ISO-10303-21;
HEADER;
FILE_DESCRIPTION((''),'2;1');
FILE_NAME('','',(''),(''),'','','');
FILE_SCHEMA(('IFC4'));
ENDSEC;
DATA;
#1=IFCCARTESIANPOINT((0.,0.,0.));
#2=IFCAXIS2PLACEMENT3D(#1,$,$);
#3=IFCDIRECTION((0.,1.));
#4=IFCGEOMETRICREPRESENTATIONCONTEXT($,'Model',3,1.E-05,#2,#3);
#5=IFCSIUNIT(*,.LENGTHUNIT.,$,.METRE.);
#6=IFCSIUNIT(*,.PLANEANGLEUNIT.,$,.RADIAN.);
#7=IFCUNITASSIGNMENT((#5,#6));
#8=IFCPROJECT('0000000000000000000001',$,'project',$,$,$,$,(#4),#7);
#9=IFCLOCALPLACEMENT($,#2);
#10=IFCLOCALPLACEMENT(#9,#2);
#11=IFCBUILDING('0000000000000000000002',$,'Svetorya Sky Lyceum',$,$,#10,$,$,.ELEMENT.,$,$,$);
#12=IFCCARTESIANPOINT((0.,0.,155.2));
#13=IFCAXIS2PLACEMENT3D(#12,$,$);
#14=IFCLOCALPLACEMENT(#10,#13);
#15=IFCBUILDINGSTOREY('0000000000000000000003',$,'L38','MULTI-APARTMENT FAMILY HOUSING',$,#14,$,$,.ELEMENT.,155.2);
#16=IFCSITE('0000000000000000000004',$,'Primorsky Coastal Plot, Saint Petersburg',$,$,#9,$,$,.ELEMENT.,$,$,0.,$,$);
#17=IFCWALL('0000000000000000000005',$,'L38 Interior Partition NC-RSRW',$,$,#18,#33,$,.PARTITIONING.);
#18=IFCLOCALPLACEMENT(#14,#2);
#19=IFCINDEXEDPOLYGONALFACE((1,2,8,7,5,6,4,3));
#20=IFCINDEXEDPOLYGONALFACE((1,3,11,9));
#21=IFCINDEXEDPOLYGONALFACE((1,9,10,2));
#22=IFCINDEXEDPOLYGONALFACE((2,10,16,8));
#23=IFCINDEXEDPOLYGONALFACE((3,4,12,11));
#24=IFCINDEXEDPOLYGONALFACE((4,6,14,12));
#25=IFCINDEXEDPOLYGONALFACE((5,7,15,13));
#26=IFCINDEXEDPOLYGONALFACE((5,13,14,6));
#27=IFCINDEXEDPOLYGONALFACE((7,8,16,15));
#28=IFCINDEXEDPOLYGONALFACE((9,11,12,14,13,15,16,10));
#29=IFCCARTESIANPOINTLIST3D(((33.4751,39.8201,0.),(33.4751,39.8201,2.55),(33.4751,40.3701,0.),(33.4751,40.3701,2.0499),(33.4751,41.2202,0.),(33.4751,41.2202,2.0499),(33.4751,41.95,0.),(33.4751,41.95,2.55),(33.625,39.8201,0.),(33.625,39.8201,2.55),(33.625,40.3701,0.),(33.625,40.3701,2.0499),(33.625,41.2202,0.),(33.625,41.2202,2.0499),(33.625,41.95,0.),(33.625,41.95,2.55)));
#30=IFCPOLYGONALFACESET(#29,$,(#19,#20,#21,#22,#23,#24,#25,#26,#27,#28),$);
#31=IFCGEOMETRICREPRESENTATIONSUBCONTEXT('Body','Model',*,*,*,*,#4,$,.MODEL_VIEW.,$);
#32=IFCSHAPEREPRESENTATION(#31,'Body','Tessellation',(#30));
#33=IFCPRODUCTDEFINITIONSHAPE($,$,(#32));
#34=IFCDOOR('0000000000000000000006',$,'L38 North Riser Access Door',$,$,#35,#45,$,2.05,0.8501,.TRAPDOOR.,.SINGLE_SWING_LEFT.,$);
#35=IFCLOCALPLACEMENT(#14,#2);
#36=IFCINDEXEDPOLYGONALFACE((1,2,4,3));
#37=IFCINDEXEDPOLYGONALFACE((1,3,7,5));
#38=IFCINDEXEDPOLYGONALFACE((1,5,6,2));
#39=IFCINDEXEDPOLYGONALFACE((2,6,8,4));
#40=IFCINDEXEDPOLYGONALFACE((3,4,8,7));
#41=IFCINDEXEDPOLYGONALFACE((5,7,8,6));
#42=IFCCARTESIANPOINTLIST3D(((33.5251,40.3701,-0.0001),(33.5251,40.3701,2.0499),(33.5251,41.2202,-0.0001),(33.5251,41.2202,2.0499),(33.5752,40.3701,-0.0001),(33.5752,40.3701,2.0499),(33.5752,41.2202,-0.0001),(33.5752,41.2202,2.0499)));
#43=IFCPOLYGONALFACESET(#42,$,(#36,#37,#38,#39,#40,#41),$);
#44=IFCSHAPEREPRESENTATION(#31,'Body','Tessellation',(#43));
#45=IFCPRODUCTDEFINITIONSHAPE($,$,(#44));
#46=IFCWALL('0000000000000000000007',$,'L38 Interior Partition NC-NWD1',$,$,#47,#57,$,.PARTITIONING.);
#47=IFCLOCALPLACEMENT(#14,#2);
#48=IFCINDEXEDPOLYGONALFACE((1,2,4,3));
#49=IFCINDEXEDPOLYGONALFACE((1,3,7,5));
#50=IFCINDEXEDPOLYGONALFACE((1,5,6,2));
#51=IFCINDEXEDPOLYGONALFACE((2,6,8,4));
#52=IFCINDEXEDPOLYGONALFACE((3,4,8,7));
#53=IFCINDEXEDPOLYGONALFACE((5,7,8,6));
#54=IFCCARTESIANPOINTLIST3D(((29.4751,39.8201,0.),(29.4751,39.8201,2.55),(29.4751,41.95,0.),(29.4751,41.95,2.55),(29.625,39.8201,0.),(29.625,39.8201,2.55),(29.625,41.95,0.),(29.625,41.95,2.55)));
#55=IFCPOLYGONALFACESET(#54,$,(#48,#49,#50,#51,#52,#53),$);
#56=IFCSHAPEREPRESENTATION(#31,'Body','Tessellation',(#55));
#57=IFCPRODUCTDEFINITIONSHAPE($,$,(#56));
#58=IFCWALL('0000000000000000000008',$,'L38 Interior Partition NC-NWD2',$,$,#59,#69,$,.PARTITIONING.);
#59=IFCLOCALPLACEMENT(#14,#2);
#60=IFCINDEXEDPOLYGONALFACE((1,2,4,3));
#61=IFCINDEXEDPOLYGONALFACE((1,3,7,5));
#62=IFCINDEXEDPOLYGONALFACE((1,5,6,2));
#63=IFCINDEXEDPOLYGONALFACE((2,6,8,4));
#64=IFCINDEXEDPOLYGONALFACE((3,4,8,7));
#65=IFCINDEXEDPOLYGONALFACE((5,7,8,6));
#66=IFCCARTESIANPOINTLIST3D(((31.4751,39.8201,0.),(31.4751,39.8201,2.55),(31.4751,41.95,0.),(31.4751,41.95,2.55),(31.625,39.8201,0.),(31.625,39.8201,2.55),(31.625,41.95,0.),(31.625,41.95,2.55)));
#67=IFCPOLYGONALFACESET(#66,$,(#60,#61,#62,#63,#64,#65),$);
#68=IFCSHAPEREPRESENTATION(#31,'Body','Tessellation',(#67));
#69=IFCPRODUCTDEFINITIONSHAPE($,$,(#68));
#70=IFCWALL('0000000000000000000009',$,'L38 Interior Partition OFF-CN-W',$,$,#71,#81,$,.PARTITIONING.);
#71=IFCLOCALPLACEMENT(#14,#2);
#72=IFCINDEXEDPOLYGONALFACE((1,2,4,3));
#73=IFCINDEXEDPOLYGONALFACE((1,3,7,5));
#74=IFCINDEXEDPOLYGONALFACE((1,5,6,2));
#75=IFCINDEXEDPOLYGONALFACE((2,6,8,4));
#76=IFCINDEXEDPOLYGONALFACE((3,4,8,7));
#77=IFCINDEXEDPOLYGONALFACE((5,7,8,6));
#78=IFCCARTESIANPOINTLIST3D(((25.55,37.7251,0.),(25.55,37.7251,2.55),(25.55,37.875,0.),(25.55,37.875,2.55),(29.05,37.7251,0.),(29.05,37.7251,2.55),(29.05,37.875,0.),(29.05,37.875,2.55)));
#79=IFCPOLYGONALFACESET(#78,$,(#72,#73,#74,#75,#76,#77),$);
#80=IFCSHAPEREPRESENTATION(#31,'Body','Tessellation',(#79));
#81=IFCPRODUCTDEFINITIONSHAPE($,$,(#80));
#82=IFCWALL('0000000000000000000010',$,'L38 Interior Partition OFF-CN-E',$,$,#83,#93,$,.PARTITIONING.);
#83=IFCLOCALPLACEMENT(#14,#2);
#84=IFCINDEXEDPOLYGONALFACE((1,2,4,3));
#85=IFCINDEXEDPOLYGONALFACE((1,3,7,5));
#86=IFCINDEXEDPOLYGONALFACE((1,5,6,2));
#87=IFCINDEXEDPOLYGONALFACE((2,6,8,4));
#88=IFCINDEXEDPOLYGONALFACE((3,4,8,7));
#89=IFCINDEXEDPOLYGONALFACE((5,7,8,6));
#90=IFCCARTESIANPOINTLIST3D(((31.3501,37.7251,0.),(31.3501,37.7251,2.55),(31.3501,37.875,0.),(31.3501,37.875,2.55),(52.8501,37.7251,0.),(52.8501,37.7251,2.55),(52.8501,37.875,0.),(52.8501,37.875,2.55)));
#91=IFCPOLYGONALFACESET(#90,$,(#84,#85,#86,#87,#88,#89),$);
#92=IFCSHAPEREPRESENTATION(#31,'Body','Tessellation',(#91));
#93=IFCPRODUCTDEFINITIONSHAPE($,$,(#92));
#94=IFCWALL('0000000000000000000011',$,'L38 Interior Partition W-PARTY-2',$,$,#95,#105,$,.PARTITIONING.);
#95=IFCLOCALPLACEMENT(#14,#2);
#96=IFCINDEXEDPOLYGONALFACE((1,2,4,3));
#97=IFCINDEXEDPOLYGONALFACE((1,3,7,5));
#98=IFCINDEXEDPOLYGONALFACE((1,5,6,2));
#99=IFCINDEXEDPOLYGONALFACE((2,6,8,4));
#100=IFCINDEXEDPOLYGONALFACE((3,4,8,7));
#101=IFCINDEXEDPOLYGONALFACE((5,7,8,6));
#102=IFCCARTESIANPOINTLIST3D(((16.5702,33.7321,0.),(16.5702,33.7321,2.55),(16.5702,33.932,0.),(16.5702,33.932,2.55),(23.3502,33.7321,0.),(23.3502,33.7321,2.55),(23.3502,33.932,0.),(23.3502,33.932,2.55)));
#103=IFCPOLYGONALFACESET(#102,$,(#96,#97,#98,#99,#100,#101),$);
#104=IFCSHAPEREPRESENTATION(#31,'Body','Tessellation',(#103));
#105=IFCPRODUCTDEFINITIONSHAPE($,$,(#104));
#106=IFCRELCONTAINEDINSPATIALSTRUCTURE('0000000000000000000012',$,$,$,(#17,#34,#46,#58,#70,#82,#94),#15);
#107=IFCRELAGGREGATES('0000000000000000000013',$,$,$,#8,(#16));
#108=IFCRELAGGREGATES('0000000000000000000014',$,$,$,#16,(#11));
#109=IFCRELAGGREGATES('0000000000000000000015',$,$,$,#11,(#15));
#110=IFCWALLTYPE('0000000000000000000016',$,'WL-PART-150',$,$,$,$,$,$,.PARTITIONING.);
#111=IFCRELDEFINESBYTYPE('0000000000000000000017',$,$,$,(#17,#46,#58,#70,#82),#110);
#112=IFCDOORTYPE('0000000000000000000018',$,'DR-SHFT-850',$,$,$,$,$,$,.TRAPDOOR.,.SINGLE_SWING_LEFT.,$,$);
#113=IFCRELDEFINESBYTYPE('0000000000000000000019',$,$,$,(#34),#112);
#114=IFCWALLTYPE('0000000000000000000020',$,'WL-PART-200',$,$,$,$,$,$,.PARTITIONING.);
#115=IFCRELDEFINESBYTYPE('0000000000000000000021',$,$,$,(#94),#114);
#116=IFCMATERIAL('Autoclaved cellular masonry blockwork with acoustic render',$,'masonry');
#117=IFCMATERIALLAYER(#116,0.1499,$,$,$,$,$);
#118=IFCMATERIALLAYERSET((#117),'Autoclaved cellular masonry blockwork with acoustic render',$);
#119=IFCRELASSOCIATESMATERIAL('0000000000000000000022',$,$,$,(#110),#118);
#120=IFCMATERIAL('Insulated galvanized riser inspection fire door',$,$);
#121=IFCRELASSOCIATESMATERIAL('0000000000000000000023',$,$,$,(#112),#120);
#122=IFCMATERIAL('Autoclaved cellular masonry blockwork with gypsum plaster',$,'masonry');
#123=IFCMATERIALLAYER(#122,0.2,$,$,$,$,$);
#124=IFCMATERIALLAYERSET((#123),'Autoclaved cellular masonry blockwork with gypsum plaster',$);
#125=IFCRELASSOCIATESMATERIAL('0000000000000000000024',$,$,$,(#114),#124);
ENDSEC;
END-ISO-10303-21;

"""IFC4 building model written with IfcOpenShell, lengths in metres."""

from ifc_helpers import new_model, si_unit, direction, frame, frame_2d, origin, place, context, subcontext, project, spatial, rectangle, extrude, material, layer, layer_set, type_object, element, fill, save


model = new_model("IFC4")

# Units and contexts
model_context = context("Model", 3, precision=1e-05, world=origin(), true_north=direction((0.0, 1.0)))
body_context = subcontext(model_context, "Body", "Model", "MODEL_VIEW")
ifc_project = project(units=[si_unit("LENGTHUNIT", "METRE"), si_unit("PLANEANGLEUNIT", "RADIAN")], contexts=[model_context])

# Site, building, storey
site_placement = place(None, origin())
site = spatial("IfcSite", under=ifc_project, at=site_placement, Name="Primorsky Coastal Plot, Saint Petersburg", CompositionType="ELEMENT", RefElevation=0.0)
building_placement = place(site_placement, origin())
building = spatial("IfcBuilding", under=site, at=building_placement, Name="Svetorya Sky Lyceum", CompositionType="ELEMENT")
storey_placement = place(building_placement, frame((0.0, 0.0, 155.2)))
storey = spatial("IfcBuildingStorey", under=building, at=storey_placement, Name="L38", Description="MULTI-APARTMENT FAMILY HOUSING", CompositionType="ELEMENT", Elevation=155.2)

# Wall, opening, door
ifc_material_1 = material(Name="Autoclaved cellular masonry blockwork with acoustic render", Category="masonry")
ifc_layer_1 = layer(ifc_material_1, 0.1499)
ifc_layer_set_1 = layer_set([ifc_layer_1], Name="Autoclaved cellular masonry blockwork with acoustic render")
wall_type_1 = type_object("IfcWallType", Name="WL-PART-150", PredefinedType="PARTITIONING", material=ifc_layer_set_1)
wall_1_placement = place(storey_placement, frame((33.55, 39.8201, 0.0), z_axis=(0.0, 0.0, 1.0), x_axis=(0.0, 1.0, 0.0)))
wall_1 = element("IfcWall", 1, at=wall_1_placement, inside=storey, type_object=wall_type_1, Name="L38 Interior Partition NC-RSRW", PredefinedType="PARTITIONING", context=body_context, shape_type="SweptSolid", body=[
    extrude(rectangle(XDim=2.1299, YDim=0.1499, at=frame_2d((1.0649, 0.0))), origin(), (0.0, 0.0, 1.0), 2.55),
])
opening_1_placement = place(wall_1_placement, frame((0.55, 0.0, 0.0)))
opening_1 = element("IfcOpeningElement", 2, at=opening_1_placement, cuts=wall_1, PredefinedType="OPENING", context=body_context, shape_type="SweptSolid", body=[
    extrude(rectangle(XDim=0.8501, YDim=2.05, at=frame_2d((0.425, 1.0249))), frame((0.0, 0.085, 0.0), z_axis=(0.0, -1.0, 0.0), x_axis=(1.0, 0.0, 0.0)), (0.0, 0.0, 1.0), 0.1699),
])
ifc_material_2 = material(Name="Insulated galvanized riser inspection fire door")
door_type_1 = type_object("IfcDoorType", Name="DR-SHFT-850", OperationType="SINGLE_SWING_LEFT", PredefinedType="TRAPDOOR", material=ifc_material_2)
door_1_placement = place(opening_1_placement, origin())
door_1 = element("IfcDoor", 3, at=door_1_placement, inside=storey, type_object=door_type_1, Name="L38 North Riser Access Door", OperationType="SINGLE_SWING_LEFT", OverallHeight=2.05, OverallWidth=0.8501, PredefinedType="TRAPDOOR", context=body_context, shape_type="SweptSolid", body=[
    extrude(rectangle(XDim=0.8501, YDim=2.05, at=frame_2d((0.425, 1.0249))), frame((0.0, 0.0249, 0.0), z_axis=(0.0, -1.0, 0.0), x_axis=(1.0, 0.0, 0.0)), (0.0, 0.0, 1.0), 0.05),
])
fill(opening_1, door_1)

# Walls
for number, where, z_axis, x_axis, name in (
    (4, (29.55, 39.8201, 0.0), (0.0, 0.0, 1.0), (0.0, 1.0, 0.0), "L38 Interior Partition NC-NWD1"),
    (5, (31.55, 39.8201, 0.0), (0.0, 0.0, 1.0), (0.0, 1.0, 0.0), "L38 Interior Partition NC-NWD2"),
):
    element("IfcWall", number, at=place(storey_placement, frame(where, z_axis=z_axis, x_axis=x_axis)), inside=storey, type_object=wall_type_1, Name=name, PredefinedType="PARTITIONING", context=body_context, shape_type="SweptSolid", body=[
        extrude(rectangle(XDim=2.1299, YDim=0.1499, at=frame_2d((1.0649, 0.0))), origin(), (0.0, 0.0, 1.0), 2.55),
    ])
wall_2_placement = place(storey_placement, frame((25.55, 37.8, 0.0), z_axis=(0.0, 0.0, 1.0), x_axis=(1.0, 0.0, 0.0)))
element("IfcWall", 6, at=wall_2_placement, inside=storey, type_object=wall_type_1, Name="L38 Interior Partition OFF-CN-W", PredefinedType="PARTITIONING", context=body_context, shape_type="SweptSolid", body=[
    extrude(rectangle(XDim=3.5, YDim=0.1499, at=frame_2d((1.75, 0.0))), origin(), (0.0, 0.0, 1.0), 2.55),
])
wall_3_placement = place(storey_placement, frame((31.3501, 37.8, 0.0), z_axis=(0.0, 0.0, 1.0), x_axis=(1.0, 0.0, 0.0)))
element("IfcWall", 7, at=wall_3_placement, inside=storey, type_object=wall_type_1, Name="L38 Interior Partition OFF-CN-E", PredefinedType="PARTITIONING", context=body_context, shape_type="SweptSolid", body=[
    extrude(rectangle(XDim=21.5, YDim=0.1499, at=frame_2d((10.75, 0.0))), origin(), (0.0, 0.0, 1.0), 2.55),
])
ifc_material_3 = material(Name="Autoclaved cellular masonry blockwork with gypsum plaster", Category="masonry")
ifc_layer_2 = layer(ifc_material_3, 0.2)
ifc_layer_set_2 = layer_set([ifc_layer_2], Name="Autoclaved cellular masonry blockwork with gypsum plaster")
wall_type_2 = type_object("IfcWallType", Name="WL-PART-200", PredefinedType="PARTITIONING", material=ifc_layer_set_2)
wall_4_placement = place(storey_placement, frame((16.5701, 33.832, 0.0), z_axis=(0.0, 0.0, 1.0), x_axis=(1.0, 0.0, 0.0)))
element("IfcWall", 8, at=wall_4_placement, inside=storey, type_object=wall_type_2, Name="L38 Interior Partition W-PARTY-2", PredefinedType="PARTITIONING", context=body_context, shape_type="SweptSolid", body=[
    extrude(rectangle(XDim=6.78, YDim=0.2, at=frame_2d((3.3901, 0.0))), origin(), (0.0, 0.0, 1.0), 2.55),
])

save(model, "model.ifc")
